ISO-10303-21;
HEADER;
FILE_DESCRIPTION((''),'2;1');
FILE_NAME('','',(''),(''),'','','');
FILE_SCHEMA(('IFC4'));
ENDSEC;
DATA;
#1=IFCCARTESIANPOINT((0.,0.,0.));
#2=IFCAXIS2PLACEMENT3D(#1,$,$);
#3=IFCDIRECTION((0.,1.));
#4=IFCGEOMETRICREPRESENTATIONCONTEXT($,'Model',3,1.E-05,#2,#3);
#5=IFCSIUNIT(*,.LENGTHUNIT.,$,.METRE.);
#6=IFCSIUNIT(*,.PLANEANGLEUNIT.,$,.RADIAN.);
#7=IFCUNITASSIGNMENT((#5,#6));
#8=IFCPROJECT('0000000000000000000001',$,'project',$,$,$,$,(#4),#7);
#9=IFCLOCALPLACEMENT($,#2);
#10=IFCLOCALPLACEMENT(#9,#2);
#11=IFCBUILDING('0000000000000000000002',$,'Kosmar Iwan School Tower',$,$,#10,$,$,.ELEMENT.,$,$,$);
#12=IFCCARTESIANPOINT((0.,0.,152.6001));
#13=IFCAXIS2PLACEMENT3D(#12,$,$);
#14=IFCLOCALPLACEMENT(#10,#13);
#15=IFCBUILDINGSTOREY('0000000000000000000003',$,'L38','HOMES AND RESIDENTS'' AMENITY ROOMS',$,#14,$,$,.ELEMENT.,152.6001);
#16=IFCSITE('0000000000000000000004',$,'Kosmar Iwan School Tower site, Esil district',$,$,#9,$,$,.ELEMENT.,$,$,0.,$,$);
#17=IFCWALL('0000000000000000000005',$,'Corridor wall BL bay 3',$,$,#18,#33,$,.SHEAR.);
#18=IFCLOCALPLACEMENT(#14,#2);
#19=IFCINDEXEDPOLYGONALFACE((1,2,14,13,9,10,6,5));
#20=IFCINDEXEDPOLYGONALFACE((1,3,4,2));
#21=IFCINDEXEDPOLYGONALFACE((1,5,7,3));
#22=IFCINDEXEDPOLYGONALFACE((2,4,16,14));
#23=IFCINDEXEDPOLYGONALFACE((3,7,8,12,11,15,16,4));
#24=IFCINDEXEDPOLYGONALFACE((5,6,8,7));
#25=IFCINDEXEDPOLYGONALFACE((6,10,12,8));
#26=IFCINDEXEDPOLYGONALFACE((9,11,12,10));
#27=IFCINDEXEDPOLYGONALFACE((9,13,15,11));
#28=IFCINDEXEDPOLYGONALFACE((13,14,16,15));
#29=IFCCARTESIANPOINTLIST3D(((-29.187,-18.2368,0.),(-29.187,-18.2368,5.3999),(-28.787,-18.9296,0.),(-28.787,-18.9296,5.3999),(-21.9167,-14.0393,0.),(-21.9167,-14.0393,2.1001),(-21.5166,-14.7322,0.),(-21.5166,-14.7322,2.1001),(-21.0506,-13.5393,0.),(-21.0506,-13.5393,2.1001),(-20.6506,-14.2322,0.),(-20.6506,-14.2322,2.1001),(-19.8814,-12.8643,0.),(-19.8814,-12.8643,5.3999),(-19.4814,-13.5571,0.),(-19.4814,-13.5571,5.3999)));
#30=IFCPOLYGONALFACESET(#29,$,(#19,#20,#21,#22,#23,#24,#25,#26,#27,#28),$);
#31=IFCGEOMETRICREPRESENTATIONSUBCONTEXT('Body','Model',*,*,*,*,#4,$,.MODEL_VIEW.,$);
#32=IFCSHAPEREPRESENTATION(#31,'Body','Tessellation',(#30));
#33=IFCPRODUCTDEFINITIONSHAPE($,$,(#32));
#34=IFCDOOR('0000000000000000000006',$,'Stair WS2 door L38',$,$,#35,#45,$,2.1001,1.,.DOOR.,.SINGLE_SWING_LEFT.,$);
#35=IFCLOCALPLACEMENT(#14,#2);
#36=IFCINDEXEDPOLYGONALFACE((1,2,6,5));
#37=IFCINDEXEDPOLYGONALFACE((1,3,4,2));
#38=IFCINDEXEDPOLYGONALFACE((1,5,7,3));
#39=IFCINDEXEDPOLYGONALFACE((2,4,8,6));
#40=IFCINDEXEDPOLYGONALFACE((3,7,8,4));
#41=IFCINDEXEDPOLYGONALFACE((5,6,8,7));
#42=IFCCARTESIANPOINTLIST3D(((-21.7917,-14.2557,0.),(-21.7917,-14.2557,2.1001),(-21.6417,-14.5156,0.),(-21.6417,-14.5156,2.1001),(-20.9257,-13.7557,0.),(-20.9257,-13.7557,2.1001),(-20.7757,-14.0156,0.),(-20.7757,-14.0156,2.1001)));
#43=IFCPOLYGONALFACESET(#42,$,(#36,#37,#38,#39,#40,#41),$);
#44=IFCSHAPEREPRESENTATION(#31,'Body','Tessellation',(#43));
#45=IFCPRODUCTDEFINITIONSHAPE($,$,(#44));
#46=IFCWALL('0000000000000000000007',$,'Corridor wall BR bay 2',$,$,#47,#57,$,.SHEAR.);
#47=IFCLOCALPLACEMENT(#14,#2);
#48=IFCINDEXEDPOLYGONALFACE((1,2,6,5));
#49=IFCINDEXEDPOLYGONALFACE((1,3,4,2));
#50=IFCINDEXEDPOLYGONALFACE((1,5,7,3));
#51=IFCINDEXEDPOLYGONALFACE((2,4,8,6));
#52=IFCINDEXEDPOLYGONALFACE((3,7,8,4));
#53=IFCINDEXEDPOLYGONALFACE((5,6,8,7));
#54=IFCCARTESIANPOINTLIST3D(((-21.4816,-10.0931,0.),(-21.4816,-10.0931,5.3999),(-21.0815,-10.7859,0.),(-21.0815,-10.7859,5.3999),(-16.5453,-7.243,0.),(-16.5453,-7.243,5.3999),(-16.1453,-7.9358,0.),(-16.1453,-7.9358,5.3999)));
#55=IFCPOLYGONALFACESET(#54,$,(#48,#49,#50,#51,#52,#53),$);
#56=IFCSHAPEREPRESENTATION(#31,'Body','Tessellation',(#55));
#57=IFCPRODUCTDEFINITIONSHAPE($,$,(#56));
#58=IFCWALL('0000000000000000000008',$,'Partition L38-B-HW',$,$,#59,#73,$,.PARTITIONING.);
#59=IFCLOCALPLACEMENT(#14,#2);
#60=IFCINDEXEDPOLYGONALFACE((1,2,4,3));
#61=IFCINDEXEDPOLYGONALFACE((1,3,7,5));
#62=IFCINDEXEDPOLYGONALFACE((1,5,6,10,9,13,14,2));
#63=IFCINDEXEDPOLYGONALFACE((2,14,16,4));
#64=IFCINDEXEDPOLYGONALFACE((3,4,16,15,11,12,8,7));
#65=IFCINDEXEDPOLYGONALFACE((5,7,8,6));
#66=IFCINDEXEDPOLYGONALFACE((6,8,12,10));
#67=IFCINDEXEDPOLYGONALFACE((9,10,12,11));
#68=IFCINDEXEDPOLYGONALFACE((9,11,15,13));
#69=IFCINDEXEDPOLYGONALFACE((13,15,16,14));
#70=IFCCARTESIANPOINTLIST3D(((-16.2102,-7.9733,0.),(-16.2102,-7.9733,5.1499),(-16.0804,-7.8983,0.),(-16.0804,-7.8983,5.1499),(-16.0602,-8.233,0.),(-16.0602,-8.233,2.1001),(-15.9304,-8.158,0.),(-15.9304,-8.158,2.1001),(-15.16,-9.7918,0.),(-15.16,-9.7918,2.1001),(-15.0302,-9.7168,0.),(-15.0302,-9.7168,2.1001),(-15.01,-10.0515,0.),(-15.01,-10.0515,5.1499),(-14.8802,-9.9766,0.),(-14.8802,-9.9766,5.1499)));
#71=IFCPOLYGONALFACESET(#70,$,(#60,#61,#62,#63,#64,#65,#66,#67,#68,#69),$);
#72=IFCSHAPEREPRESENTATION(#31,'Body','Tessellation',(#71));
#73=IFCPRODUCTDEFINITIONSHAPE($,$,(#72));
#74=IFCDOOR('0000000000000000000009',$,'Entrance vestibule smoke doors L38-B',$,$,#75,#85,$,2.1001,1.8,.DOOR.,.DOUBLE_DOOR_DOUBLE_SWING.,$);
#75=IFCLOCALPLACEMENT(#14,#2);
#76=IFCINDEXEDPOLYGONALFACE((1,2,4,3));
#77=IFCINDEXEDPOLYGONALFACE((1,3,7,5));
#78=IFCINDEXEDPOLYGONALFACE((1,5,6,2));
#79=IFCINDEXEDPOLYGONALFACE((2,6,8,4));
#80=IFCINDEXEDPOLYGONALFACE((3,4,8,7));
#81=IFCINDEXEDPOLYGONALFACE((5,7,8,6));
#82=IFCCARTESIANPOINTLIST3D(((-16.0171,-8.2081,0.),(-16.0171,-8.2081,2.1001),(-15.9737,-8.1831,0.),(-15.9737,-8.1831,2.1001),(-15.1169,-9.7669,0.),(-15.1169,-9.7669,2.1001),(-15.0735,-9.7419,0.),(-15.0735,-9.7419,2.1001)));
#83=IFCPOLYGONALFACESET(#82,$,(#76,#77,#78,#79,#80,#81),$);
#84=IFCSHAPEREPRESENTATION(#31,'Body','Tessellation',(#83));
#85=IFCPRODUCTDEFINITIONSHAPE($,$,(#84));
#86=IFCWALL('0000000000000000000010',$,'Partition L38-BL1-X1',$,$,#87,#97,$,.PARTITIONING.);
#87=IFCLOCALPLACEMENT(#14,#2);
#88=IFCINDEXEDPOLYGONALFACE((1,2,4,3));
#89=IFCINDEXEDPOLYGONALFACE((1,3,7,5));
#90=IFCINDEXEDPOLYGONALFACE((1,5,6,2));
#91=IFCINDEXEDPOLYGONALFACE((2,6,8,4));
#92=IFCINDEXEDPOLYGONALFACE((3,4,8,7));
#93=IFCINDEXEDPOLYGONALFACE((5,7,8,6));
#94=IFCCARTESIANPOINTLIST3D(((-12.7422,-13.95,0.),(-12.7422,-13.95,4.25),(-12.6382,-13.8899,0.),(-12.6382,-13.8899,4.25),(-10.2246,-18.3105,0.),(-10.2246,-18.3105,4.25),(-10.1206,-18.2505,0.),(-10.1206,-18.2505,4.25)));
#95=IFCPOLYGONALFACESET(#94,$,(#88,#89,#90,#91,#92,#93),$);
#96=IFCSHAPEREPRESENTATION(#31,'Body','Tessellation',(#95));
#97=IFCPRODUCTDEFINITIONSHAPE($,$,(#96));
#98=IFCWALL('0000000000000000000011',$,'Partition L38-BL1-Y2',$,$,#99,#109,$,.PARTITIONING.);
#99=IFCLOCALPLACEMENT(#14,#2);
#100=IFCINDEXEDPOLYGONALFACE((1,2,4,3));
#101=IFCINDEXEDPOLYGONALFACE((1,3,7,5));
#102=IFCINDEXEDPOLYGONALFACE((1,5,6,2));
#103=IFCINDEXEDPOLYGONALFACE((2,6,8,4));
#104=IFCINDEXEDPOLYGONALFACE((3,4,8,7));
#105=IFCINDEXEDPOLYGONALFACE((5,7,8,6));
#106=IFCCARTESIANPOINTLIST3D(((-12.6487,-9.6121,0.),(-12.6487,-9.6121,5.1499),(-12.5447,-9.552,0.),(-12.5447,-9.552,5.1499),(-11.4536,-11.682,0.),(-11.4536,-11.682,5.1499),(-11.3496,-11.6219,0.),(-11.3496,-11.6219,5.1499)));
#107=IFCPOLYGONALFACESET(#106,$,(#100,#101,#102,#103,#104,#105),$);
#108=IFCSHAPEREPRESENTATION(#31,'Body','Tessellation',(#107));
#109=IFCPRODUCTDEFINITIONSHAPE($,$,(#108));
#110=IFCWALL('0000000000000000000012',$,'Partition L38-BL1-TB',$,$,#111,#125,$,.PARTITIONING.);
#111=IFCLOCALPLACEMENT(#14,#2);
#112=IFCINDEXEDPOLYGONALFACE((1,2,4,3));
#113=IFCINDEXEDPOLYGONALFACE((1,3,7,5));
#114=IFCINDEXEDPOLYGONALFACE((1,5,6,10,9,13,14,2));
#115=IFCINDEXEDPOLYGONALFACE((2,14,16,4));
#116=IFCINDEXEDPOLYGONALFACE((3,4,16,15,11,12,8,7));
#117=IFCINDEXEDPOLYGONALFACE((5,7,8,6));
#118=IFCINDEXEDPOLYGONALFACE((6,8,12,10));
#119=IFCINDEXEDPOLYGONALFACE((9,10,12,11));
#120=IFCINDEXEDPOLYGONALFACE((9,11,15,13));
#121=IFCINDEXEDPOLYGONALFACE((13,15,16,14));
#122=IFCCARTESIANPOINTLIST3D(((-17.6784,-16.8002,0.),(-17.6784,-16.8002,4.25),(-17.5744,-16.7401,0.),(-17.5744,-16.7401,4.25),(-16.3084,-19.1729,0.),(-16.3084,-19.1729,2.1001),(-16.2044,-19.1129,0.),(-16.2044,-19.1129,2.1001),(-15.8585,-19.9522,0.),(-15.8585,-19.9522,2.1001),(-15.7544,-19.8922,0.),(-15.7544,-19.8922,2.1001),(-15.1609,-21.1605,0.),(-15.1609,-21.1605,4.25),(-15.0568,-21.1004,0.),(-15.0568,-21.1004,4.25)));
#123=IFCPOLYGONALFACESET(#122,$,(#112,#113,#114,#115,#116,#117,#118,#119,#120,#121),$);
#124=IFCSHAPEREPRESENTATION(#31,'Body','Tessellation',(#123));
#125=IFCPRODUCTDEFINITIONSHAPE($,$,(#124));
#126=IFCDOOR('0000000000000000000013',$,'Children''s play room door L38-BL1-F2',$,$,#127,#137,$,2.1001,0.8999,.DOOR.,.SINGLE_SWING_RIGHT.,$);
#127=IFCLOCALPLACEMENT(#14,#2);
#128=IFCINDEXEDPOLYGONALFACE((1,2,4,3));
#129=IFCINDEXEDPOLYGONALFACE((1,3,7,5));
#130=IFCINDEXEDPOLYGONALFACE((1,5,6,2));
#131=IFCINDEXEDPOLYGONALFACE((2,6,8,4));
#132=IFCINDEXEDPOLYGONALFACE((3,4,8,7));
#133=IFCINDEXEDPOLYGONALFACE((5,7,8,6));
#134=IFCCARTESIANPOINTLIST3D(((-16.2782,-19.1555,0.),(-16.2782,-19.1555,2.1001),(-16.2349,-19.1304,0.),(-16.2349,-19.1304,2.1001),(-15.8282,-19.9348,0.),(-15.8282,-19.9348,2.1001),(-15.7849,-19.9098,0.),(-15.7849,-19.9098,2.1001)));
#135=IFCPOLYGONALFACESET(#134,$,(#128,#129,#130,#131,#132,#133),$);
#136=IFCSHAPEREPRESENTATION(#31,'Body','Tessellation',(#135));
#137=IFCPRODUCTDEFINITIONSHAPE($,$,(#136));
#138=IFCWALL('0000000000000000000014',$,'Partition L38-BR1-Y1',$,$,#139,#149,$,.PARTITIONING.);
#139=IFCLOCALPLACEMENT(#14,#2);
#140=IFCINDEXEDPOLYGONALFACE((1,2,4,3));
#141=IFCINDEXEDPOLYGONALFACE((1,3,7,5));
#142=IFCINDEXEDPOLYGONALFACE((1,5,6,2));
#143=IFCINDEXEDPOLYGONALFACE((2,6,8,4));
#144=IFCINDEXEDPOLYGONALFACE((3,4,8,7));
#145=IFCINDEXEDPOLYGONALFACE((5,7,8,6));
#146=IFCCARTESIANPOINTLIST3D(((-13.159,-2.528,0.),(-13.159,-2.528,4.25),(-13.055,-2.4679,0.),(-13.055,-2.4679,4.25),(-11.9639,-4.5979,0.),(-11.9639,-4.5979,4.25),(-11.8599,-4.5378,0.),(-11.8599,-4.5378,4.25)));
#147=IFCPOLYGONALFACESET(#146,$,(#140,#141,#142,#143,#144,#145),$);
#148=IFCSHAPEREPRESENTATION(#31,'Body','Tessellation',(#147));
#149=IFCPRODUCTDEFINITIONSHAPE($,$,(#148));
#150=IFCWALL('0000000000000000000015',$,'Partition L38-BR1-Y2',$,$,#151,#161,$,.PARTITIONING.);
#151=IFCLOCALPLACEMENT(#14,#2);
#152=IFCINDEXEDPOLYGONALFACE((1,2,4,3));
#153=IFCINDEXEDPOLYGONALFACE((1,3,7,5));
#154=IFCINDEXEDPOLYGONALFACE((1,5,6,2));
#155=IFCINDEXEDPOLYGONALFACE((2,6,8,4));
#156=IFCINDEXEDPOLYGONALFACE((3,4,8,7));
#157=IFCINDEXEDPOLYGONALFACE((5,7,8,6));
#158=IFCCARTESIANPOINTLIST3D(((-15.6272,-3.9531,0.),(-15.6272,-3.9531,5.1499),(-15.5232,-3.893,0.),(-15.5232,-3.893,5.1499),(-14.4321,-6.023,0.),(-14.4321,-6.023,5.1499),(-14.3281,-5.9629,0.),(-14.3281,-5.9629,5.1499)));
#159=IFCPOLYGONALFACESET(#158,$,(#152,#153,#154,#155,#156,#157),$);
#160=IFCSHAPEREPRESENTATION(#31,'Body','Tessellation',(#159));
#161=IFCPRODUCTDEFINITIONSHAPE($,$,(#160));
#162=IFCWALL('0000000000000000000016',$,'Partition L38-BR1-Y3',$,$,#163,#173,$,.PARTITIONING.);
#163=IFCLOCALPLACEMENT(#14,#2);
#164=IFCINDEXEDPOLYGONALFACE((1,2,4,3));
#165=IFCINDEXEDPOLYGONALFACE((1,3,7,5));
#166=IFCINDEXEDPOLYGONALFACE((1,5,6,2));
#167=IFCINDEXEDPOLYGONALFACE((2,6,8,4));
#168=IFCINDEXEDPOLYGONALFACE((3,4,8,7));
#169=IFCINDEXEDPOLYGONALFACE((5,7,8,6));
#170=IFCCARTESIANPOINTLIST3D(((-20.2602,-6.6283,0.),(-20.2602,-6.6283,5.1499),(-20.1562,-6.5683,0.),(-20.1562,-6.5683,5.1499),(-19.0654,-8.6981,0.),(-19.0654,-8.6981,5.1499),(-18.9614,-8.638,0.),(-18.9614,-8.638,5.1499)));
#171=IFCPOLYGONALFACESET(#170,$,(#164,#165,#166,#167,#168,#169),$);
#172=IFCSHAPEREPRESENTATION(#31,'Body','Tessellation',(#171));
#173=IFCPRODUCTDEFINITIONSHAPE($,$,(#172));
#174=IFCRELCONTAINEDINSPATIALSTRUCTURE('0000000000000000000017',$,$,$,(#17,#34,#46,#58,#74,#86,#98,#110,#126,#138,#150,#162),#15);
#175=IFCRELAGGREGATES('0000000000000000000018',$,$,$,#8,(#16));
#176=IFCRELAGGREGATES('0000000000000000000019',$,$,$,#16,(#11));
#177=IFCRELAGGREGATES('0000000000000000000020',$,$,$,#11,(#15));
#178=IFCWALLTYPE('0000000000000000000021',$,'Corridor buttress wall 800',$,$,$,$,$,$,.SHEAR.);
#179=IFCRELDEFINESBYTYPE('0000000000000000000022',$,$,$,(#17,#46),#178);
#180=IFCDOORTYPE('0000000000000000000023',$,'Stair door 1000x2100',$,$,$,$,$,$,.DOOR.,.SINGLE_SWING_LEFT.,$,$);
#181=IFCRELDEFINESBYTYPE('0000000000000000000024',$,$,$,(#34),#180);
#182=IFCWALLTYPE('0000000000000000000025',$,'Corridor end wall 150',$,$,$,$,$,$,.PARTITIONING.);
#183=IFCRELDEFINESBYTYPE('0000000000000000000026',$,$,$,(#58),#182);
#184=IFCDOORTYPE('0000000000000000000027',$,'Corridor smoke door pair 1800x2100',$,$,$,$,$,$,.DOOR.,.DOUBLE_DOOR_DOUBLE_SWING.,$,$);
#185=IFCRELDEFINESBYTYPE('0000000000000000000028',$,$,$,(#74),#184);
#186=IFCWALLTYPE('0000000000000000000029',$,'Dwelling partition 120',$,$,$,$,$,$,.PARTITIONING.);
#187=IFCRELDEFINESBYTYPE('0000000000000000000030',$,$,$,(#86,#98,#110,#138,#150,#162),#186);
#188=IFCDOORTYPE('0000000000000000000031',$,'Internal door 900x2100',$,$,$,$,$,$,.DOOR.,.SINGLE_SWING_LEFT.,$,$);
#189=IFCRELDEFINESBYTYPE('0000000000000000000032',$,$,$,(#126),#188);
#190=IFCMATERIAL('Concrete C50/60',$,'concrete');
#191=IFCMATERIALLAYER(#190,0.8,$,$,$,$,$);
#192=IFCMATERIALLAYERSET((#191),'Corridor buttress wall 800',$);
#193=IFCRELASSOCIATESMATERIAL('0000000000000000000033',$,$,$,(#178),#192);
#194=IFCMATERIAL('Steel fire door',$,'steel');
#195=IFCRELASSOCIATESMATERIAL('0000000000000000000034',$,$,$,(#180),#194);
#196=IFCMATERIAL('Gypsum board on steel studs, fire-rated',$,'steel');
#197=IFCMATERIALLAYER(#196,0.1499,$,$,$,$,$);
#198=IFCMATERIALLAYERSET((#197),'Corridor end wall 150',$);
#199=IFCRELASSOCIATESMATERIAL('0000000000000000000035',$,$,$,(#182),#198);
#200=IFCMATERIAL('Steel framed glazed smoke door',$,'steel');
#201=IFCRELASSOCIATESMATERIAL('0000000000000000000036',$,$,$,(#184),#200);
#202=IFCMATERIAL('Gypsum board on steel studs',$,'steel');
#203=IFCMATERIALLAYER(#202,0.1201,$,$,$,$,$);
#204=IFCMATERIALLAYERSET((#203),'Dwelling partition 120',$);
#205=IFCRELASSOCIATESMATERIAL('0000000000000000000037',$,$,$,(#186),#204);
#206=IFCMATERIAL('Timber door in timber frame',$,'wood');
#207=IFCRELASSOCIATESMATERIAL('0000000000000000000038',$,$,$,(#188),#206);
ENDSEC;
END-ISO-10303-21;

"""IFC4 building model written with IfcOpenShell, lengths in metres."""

from ifc_helpers import new_model, si_unit, direction, frame, frame_2d, origin, place, context, subcontext, project, spatial, rectangle, extrude, material, layer, layer_set, type_object, element, fill, save


model = new_model("IFC4")

# Units and contexts
model_context = context("Model", 3, precision=1e-05, world=origin(), true_north=direction((0.0, 1.0)))
body_context = subcontext(model_context, "Body", "Model", "MODEL_VIEW")
ifc_project = project(units=[si_unit("LENGTHUNIT", "METRE"), si_unit("PLANEANGLEUNIT", "RADIAN")], contexts=[model_context])

# Site, building, storey
site_placement = place(None, origin())
site = spatial("IfcSite", under=ifc_project, at=site_placement, Name="Kosmar Iwan School Tower site, Esil district", CompositionType="ELEMENT", RefElevation=0.0)
building_placement = place(site_placement, origin())
building = spatial("IfcBuilding", under=site, at=building_placement, Name="Kosmar Iwan School Tower", CompositionType="ELEMENT")
storey_placement = place(building_placement, frame((0.0, 0.0, 152.6001)))
storey = spatial("IfcBuildingStorey", under=building, at=storey_placement, Name="L38", Description="HOMES AND RESIDENTS' AMENITY ROOMS", CompositionType="ELEMENT", Elevation=152.6001)

# Shared definitions
ifc_material_1 = material(Name="Concrete C50/60", Category="concrete")
ifc_layer_1 = layer(ifc_material_1, 0.8)
ifc_layer_set_1 = layer_set([ifc_layer_1], Name="Corridor buttress wall 800")
wall_type_1 = type_object("IfcWallType", Name="Corridor buttress wall 800", PredefinedType="SHEAR", material=ifc_layer_set_1)

# Wall, opening, door
wall_1_placement = place(storey_placement, frame((-19.6814, -13.2107, 0.0), z_axis=(0.0, 0.0, 1.0), x_axis=(-0.866028, -0.499995, 0.0)))
wall_1 = element("IfcWall", 1, at=wall_1_placement, inside=storey, type_object=wall_type_1, Name="Corridor wall BL bay 3", PredefinedType="SHEAR", context=body_context, shape_type="SweptSolid", body=[
    extrude(rectangle(XDim=10.7451, YDim=0.8, at=frame_2d((5.3726, 0.0))), origin(), (0.0, 0.0, 1.0), 5.3999),
])
opening_1_placement = place(wall_1_placement, frame((1.3501, 0.0, 0.0)))
opening_1 = element("IfcOpeningElement", 2, at=opening_1_placement, cuts=wall_1, PredefinedType="OPENING", context=body_context, shape_type="SweptSolid", body=[
    extrude(rectangle(XDim=1.0, YDim=2.1001, at=frame_2d((0.5, 1.05))), frame((0.0, 0.4121, 0.0), z_axis=(0.0, -1.0, 0.0), x_axis=(1.0, 0.0, 0.0)), (0.0, 0.0, 1.0), 0.824),
])
ifc_material_2 = material(Name="Steel fire door", Category="steel")
door_type_1 = type_object("IfcDoorType", Name="Stair door 1000x2100", OperationType="SINGLE_SWING_LEFT", PredefinedType="DOOR", material=ifc_material_2)
door_1_placement = place(opening_1_placement, origin())
door_1 = element("IfcDoor", 3, at=door_1_placement, inside=storey, type_object=door_type_1, Name="Stair WS2 door L38", OperationType="SINGLE_SWING_LEFT", OverallHeight=2.1001, OverallWidth=1.0, PredefinedType="DOOR", context=body_context, shape_type="SweptSolid", body=[
    extrude(rectangle(XDim=1.0, YDim=2.1001, at=frame_2d((0.5, 1.05))), frame((0.0, 0.1499, 0.0), z_axis=(0.0, -1.0, 0.0), x_axis=(1.0, 0.0, 0.0)), (0.0, 0.0, 1.0), 0.3),
])
fill(opening_1, door_1)

# Wall
wall_2_placement = place(storey_placement, frame((-16.3452, -7.5894, 0.0), z_axis=(0.0, 0.0, 1.0), x_axis=(-0.866015, -0.500018, 0.0)))
element("IfcWall", 4, at=wall_2_placement, inside=storey, type_object=wall_type_1, Name="Corridor wall BR bay 2", PredefinedType="SHEAR", context=body_context, shape_type="SweptSolid", body=[
    extrude(rectangle(XDim=5.7, YDim=0.8, at=frame_2d((2.8501, 0.0))), origin(), (0.0, 0.0, 1.0), 5.3999),
])

# Wall, opening, door
ifc_material_3 = material(Name="Gypsum board on steel studs, fire-rated", Category="steel")
ifc_layer_2 = layer(ifc_material_3, 0.1499)
ifc_layer_set_2 = layer_set([ifc_layer_2], Name="Corridor end wall 150")
wall_type_2 = type_object("IfcWallType", Name="Corridor end wall 150", PredefinedType="PARTITIONING", material=ifc_layer_set_2)
wall_3_placement = place(storey_placement, frame((-16.1453, -7.9358, 0.0), z_axis=(0.0, 0.0, 1.0), x_axis=(0.500078, -0.865981, 0.0)))
wall_3 = element("IfcWall", 5, at=wall_3_placement, inside=storey, type_object=wall_type_2, Name="Partition L38-B-HW", PredefinedType="PARTITIONING", context=body_context, shape_type="SweptSolid", body=[
    extrude(rectangle(XDim=2.3999, YDim=0.1499, at=frame_2d((1.2, 0.0))), origin(), (0.0, 0.0, 1.0), 5.1499),
])
opening_2_placement = place(wall_3_placement, frame((0.3, 0.0, 0.0)))
opening_2 = element("IfcOpeningElement", 6, at=opening_2_placement, cuts=wall_3, PredefinedType="OPENING", context=body_context, shape_type="SweptSolid", body=[
    extrude(rectangle(XDim=1.8, YDim=2.1001, at=frame_2d((0.8999, 1.05))), frame((0.0, 0.0869, 0.0), z_axis=(0.0, -1.0, 0.0), x_axis=(1.0, 0.0, 0.0)), (0.0, 0.0, 1.0), 0.1738),
])
ifc_material_4 = material(Name="Steel framed glazed smoke door", Category="steel")
door_type_2 = type_object("IfcDoorType", Name="Corridor smoke door pair 1800x2100", OperationType="DOUBLE_DOOR_DOUBLE_SWING", PredefinedType="DOOR", material=ifc_material_4)
door_2_placement = place(opening_2_placement, origin())
door_2 = element("IfcDoor", 7, at=door_2_placement, inside=storey, type_object=door_type_2, Name="Entrance vestibule smoke doors L38-B", OperationType="DOUBLE_DOOR_DOUBLE_SWING", OverallHeight=2.1001, OverallWidth=1.8, PredefinedType="DOOR", context=body_context, shape_type="SweptSolid", body=[
    extrude(rectangle(XDim=1.8, YDim=2.1001, at=frame_2d((0.8999, 1.05))), frame((0.0, 0.0249, 0.0), z_axis=(0.0, -1.0, 0.0), x_axis=(1.0, 0.0, 0.0)), (0.0, 0.0, 1.0), 0.05),
])
fill(opening_2, door_2)

# Walls
ifc_material_5 = material(Name="Gypsum board on steel studs", Category="steel")
ifc_layer_3 = layer(ifc_material_5, 0.1201)
ifc_layer_set_3 = layer_set([ifc_layer_3], Name="Dwelling partition 120")
wall_type_3 = type_object("IfcWallType", Name="Dwelling partition 120", PredefinedType="PARTITIONING", material=ifc_layer_set_3)
wall_4_placement = place(storey_placement, frame((-12.6902, -13.9199, 0.0), z_axis=(0.0, 0.0, 1.0), x_axis=(0.499998, -0.866027, 0.0)))
element("IfcWall", 8, at=wall_4_placement, inside=storey, type_object=wall_type_3, Name="Partition L38-BL1-X1", PredefinedType="PARTITIONING", context=body_context, shape_type="SweptSolid", body=[
    extrude(rectangle(XDim=5.0352, YDim=0.1201, at=frame_2d((2.5176, 0.0))), origin(), (0.0, 0.0, 1.0), 4.25),
])
wall_5_placement = place(storey_placement, frame((-12.5967, -9.582, 0.0), z_axis=(0.0, 0.0, 1.0), x_axis=(0.500017, -0.866015, 0.0)))
element("IfcWall", 9, at=wall_5_placement, inside=storey, type_object=wall_type_3, Name="Partition L38-BL1-Y2", PredefinedType="PARTITIONING", context=body_context, shape_type="SweptSolid", body=[
    extrude(rectangle(XDim=2.3901, YDim=0.1201, at=frame_2d((1.1951, 0.0))), origin(), (0.0, 0.0, 1.0), 5.1499),
])

# Wall, opening, door
wall_6_placement = place(storey_placement, frame((-17.6265, -16.77, 0.0), z_axis=(0.0, 0.0, 1.0), x_axis=(0.500019, -0.866014, 0.0)))
wall_6 = element("IfcWall", 10, at=wall_6_placement, inside=storey, type_object=wall_type_3, Name="Partition L38-BL1-TB", PredefinedType="PARTITIONING", context=body_context, shape_type="SweptSolid", body=[
    extrude(rectangle(XDim=5.0349, YDim=0.1201, at=frame_2d((2.5176, 0.0))), origin(), (0.0, 0.0, 1.0), 4.25),
])
opening_3_placement = place(wall_6_placement, frame((2.74, 0.0, 0.0)))
opening_3 = element("IfcOpeningElement", 11, at=opening_3_placement, cuts=wall_6, PredefinedType="OPENING", context=body_context, shape_type="SweptSolid", body=[
    extrude(rectangle(XDim=0.8999, YDim=2.1001, at=frame_2d((0.45, 1.05))), frame((0.0, 0.072, 0.0), z_axis=(0.0, -1.0, 0.0), x_axis=(1.0, 0.0, 0.0)), (0.0, 0.0, 1.0), 0.144),
])
ifc_material_6 = material(Name="Timber door in timber frame", Category="wood")
door_type_3 = type_object("IfcDoorType", Name="Internal door 900x2100", OperationType="SINGLE_SWING_LEFT", PredefinedType="DOOR", material=ifc_material_6)
door_3_placement = place(opening_3_placement, origin())
door_3 = element("IfcDoor", 12, at=door_3_placement, inside=storey, type_object=door_type_3, Name="Children's play room door L38-BL1-F2", OperationType="SINGLE_SWING_RIGHT", OverallHeight=2.1001, OverallWidth=0.8999, PredefinedType="DOOR", context=body_context, shape_type="SweptSolid", body=[
    extrude(rectangle(XDim=0.8999, YDim=2.1001, at=frame_2d((0.45, 1.05))), frame((0.0, 0.0249, 0.0), z_axis=(0.0, -1.0, 0.0), x_axis=(1.0, 0.0, 0.0)), (0.0, 0.0, 1.0), 0.05),
])
fill(opening_3, door_3)

# Walls
wall_7_placement = place(storey_placement, frame((-11.9119, -4.5679, 0.0), z_axis=(0.0, 0.0, 1.0), x_axis=(-0.500017, 0.866015, 0.0)))
element("IfcWall", 13, at=wall_7_placement, inside=storey, type_object=wall_type_3, Name="Partition L38-BR1-Y1", PredefinedType="PARTITIONING", context=body_context, shape_type="SweptSolid", body=[
    extrude(rectangle(XDim=2.3901, YDim=0.1201, at=frame_2d((1.1951, 0.0))), origin(), (0.0, 0.0, 1.0), 4.25),
])
wall_8_placement = place(storey_placement, frame((-14.3801, -5.9929, 0.0), z_axis=(0.0, 0.0, 1.0), x_axis=(-0.500017, 0.866015, 0.0)))
element("IfcWall", 14, at=wall_8_placement, inside=storey, type_object=wall_type_3, Name="Partition L38-BR1-Y2", PredefinedType="PARTITIONING", context=body_context, shape_type="SweptSolid", body=[
    extrude(rectangle(XDim=2.3901, YDim=0.1201, at=frame_2d((1.1951, 0.0))), origin(), (0.0, 0.0, 1.0), 5.1499),
])
wall_9_placement = place(storey_placement, frame((-19.0134, -8.668, 0.0), z_axis=(0.0, 0.0, 1.0), x_axis=(-0.499941, 0.86606, 0.0)))
element("IfcWall", 15, at=wall_9_placement, inside=storey, type_object=wall_type_3, Name="Partition L38-BR1-Y3", PredefinedType="PARTITIONING", context=body_context, shape_type="SweptSolid", body=[
    extrude(rectangle(XDim=2.3899, YDim=0.1201, at=frame_2d((1.1948, 0.0))), origin(), (0.0, 0.0, 1.0), 5.1499),
])

save(model, "model.ifc")
